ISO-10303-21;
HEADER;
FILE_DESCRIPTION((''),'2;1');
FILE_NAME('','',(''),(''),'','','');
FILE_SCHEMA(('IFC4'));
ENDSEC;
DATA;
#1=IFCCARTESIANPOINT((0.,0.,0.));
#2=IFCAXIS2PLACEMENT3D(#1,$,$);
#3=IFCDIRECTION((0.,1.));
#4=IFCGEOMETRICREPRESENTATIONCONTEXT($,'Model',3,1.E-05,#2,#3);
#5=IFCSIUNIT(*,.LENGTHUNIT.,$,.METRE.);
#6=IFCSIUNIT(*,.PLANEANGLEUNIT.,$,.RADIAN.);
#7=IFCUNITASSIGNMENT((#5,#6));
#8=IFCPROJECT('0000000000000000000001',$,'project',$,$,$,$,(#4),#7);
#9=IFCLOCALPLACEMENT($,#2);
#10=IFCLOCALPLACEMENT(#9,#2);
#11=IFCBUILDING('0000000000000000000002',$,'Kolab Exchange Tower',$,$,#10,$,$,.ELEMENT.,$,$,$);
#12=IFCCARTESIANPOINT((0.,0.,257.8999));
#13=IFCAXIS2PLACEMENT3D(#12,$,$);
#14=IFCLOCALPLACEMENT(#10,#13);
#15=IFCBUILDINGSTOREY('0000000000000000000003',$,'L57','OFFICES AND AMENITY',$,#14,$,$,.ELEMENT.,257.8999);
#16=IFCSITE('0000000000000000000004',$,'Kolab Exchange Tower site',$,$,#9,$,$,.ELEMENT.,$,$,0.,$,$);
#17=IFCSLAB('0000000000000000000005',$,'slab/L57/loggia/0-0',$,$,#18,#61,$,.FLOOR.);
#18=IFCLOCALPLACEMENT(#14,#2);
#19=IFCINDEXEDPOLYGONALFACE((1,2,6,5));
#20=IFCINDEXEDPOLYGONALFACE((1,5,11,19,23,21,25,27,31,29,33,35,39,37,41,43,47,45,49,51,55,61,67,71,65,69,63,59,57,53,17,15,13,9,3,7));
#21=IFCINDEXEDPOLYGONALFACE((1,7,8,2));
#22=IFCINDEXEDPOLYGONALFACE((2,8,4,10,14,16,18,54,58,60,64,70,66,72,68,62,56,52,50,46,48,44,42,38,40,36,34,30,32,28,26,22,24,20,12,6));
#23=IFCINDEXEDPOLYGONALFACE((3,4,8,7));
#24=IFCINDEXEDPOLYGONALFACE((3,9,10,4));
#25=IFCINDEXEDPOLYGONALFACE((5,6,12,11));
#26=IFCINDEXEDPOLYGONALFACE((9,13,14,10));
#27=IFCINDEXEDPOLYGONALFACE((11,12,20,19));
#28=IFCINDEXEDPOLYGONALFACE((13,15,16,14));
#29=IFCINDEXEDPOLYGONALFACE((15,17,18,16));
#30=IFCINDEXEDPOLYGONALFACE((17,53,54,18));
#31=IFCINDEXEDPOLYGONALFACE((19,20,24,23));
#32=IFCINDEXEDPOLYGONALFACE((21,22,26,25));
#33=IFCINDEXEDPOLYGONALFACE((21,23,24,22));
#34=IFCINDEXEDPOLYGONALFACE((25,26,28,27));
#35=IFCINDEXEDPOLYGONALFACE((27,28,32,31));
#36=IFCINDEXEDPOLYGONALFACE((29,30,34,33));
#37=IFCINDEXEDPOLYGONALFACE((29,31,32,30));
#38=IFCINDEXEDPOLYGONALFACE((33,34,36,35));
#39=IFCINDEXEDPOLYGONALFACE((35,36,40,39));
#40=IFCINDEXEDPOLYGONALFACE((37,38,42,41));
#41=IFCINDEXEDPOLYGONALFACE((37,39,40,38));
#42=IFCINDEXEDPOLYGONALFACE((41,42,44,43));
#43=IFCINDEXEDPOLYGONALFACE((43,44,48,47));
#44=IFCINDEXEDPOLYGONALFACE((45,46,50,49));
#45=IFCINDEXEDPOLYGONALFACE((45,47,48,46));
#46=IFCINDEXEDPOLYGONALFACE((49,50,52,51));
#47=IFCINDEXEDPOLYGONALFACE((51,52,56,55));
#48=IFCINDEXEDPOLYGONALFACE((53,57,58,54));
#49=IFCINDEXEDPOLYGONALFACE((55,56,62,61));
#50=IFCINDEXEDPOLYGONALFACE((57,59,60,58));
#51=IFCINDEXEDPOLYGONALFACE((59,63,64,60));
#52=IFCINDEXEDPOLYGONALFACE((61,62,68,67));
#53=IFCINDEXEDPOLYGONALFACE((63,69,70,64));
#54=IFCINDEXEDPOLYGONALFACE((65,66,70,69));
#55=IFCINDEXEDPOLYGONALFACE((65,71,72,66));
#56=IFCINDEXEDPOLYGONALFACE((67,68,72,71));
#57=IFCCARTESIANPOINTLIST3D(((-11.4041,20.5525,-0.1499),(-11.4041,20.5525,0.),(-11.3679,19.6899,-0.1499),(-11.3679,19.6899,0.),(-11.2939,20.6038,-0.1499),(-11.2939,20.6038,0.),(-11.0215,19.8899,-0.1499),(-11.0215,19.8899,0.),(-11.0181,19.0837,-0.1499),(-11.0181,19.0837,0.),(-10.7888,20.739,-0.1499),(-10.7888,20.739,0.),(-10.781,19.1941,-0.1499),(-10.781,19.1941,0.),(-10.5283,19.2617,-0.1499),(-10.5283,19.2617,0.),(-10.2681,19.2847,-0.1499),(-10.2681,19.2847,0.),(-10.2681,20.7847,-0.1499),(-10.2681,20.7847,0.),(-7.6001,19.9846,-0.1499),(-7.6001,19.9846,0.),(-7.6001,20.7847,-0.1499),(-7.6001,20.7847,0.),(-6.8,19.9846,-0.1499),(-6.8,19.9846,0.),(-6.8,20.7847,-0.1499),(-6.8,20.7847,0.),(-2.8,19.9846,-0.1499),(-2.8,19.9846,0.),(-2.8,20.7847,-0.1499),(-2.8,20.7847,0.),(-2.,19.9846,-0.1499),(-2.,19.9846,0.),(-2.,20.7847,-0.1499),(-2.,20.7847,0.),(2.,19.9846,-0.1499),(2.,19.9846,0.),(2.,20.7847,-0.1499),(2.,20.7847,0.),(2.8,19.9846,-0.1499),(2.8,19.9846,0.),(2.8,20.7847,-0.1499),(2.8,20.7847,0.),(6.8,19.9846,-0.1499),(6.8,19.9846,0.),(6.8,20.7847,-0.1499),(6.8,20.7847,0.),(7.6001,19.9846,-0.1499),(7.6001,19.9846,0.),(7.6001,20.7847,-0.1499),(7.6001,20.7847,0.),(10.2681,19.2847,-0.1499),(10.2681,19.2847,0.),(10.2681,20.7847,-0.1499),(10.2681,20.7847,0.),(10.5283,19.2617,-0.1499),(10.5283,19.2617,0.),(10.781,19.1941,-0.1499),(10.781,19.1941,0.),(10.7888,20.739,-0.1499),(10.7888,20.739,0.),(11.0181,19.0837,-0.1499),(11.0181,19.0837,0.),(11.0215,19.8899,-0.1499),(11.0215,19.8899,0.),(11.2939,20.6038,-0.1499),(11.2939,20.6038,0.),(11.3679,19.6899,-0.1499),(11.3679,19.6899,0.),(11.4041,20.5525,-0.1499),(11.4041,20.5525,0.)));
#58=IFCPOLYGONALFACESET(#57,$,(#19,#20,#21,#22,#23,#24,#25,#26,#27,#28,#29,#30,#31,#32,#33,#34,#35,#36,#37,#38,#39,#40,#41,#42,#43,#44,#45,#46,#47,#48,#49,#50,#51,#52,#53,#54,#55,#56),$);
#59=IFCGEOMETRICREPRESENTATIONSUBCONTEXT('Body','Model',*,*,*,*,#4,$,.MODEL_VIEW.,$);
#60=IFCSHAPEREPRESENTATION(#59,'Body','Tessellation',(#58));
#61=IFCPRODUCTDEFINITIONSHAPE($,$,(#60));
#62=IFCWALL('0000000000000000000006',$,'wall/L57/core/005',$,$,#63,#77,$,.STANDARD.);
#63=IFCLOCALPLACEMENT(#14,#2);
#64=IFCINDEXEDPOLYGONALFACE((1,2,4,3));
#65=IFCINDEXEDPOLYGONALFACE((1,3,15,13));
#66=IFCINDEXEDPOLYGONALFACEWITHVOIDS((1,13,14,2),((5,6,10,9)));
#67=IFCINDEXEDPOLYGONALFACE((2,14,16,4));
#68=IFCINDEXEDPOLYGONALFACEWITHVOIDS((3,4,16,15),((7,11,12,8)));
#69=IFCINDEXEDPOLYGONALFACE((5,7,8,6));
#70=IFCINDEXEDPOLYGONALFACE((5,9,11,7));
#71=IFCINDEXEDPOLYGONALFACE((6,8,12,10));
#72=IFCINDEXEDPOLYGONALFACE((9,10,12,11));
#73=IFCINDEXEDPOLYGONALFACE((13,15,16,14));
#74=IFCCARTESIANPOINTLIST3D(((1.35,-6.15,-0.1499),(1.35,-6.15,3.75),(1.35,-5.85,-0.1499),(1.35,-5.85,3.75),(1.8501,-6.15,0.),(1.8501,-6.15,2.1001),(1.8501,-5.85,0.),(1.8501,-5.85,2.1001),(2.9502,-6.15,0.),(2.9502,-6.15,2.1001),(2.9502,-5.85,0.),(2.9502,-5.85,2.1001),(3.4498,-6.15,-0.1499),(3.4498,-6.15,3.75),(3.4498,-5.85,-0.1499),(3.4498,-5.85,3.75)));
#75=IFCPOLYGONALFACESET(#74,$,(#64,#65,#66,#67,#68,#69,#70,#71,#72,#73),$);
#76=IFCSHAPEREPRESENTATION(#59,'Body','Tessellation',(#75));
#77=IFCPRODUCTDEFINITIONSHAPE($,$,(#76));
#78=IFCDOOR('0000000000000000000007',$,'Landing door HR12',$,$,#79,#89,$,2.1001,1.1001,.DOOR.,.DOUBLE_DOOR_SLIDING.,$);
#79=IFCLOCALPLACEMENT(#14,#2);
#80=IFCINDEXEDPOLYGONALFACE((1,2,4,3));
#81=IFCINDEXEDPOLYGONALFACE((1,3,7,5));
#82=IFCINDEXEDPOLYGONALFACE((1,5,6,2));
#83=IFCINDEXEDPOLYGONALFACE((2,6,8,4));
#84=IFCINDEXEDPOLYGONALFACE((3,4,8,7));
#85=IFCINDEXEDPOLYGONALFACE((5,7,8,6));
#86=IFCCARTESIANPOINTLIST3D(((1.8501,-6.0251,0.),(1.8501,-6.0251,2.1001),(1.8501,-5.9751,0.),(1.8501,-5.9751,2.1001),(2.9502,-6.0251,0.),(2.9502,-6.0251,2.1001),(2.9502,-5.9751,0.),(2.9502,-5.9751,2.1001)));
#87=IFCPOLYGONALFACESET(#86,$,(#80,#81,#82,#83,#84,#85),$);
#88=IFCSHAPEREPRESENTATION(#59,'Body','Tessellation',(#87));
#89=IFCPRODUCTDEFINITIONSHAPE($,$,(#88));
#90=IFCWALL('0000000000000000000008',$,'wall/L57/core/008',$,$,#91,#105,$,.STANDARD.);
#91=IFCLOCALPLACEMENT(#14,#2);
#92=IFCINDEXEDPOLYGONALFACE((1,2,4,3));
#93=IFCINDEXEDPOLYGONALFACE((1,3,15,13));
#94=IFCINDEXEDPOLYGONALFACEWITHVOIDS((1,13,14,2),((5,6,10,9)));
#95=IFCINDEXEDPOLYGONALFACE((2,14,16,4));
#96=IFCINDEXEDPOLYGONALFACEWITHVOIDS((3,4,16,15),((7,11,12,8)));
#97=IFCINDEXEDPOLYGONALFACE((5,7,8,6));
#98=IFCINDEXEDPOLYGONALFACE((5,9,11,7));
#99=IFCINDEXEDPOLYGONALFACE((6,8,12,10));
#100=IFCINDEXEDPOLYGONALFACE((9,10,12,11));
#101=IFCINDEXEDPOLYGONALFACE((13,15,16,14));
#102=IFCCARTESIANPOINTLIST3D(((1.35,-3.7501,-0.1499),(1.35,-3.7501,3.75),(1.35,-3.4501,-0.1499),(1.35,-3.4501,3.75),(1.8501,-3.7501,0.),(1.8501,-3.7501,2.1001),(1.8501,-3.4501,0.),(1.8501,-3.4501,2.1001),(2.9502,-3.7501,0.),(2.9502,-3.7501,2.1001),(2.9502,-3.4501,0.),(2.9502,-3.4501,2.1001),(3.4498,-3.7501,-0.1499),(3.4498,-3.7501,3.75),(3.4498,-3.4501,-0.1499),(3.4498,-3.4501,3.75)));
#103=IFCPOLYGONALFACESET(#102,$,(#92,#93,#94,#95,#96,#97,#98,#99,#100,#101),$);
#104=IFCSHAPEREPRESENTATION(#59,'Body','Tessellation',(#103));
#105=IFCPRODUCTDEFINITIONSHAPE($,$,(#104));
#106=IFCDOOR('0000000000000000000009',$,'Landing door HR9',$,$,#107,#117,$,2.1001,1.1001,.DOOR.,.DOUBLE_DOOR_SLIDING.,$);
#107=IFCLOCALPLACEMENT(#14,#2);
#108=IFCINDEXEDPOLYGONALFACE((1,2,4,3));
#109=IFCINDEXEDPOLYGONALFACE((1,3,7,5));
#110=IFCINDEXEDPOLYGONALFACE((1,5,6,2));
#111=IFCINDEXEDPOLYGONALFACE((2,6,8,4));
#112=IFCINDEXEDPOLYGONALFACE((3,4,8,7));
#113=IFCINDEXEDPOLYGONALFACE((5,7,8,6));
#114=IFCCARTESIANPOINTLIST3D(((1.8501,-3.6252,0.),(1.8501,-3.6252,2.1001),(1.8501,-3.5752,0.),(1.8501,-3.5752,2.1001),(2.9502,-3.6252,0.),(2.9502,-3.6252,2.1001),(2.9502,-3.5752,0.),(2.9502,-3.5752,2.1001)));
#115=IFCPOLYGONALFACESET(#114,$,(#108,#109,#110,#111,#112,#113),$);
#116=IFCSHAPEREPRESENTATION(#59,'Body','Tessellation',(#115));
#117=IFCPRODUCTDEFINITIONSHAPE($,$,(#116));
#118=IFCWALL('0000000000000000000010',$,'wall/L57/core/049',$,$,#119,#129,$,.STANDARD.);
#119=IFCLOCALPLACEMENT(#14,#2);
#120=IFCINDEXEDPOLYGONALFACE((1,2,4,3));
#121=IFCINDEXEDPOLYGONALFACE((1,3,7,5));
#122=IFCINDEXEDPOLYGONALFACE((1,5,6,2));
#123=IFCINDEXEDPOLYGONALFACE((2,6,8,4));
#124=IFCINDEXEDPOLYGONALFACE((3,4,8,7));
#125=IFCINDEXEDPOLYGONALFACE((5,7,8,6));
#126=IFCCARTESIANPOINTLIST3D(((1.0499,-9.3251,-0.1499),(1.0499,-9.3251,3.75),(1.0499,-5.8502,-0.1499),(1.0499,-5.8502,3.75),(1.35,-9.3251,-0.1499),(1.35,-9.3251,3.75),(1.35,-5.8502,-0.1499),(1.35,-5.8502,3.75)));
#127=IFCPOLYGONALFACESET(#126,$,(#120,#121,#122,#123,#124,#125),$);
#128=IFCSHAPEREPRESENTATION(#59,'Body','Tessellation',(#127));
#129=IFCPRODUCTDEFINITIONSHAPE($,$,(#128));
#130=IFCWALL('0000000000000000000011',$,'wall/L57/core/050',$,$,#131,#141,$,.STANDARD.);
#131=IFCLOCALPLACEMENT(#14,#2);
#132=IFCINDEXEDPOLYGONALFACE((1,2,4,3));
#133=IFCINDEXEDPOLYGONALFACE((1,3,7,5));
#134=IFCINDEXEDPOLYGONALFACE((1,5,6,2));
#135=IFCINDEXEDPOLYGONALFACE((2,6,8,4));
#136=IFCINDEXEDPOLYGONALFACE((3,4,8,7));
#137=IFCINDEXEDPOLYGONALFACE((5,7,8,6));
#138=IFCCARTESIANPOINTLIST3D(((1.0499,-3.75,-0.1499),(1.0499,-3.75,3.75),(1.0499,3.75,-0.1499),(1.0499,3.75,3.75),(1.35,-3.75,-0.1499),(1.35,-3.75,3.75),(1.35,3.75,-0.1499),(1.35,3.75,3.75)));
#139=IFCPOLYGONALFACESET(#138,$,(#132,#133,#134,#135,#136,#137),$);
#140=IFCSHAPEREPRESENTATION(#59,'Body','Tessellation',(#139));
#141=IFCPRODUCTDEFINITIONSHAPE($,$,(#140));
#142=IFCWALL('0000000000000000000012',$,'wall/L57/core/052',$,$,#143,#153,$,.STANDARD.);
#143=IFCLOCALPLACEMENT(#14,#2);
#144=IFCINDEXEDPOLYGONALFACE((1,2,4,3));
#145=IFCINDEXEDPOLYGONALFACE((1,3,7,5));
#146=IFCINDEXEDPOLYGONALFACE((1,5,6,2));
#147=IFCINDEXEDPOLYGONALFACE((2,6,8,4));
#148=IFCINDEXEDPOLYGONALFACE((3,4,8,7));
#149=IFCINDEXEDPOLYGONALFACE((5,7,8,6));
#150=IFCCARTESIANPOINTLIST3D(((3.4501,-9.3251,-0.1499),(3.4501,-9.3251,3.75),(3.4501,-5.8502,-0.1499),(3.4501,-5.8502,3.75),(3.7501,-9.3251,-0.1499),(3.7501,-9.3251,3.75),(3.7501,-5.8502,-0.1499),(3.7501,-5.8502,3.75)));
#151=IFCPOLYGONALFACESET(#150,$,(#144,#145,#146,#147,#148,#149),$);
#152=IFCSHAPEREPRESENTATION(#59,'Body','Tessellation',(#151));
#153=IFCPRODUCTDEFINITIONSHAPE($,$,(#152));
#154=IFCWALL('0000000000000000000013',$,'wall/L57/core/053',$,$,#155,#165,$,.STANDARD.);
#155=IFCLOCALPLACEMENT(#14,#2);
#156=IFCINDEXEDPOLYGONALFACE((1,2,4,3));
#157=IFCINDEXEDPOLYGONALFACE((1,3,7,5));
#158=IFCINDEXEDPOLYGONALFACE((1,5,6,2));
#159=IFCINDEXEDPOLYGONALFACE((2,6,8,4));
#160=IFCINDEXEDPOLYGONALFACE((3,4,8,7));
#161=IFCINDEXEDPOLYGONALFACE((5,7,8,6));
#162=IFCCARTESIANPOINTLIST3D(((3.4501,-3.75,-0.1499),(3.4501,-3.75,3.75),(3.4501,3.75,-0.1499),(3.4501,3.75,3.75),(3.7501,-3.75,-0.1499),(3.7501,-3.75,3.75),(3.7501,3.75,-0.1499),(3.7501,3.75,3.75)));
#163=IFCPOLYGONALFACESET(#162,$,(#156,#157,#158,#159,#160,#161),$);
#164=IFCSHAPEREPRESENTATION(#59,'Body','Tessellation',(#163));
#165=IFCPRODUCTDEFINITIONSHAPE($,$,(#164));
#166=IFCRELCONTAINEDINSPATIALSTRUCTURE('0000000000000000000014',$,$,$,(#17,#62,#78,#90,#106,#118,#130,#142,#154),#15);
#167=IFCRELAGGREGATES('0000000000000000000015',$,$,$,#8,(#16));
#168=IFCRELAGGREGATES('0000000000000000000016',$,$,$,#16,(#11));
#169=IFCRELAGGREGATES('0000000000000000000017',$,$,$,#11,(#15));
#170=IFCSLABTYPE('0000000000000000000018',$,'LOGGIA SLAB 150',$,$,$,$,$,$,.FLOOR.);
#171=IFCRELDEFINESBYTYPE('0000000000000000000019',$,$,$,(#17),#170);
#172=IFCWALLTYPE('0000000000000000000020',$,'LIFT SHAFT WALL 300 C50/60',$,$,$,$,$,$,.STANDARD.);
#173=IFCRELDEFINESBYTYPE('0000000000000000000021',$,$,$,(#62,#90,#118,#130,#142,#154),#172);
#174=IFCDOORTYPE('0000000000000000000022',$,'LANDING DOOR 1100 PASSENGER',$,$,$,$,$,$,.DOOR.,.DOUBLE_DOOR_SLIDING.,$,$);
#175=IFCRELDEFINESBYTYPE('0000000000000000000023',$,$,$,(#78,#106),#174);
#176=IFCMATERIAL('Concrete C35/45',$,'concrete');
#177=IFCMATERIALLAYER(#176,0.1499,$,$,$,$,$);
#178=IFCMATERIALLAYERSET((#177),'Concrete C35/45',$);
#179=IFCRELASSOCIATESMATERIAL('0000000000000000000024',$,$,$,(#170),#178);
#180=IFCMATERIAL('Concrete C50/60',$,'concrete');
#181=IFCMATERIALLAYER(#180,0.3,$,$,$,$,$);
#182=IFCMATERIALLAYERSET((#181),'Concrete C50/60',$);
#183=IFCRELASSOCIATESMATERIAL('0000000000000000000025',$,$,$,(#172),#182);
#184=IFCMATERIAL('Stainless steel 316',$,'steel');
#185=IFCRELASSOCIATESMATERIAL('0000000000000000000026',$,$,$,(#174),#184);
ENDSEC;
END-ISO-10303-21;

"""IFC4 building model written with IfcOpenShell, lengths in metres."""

from ifc_helpers import new_model, si_unit, direction, frame, frame_2d, origin, place, context, subcontext, project, spatial, polyline, rectangle, outline, extrude, material, layer, layer_set, type_object, element, fill, save


model = new_model("IFC4")

# Units and contexts
model_context = context("Model", 3, precision=1e-05, world=origin(), true_north=direction((0.0, 1.0)))
body_context = subcontext(model_context, "Body", "Model", "MODEL_VIEW")
ifc_project = project(units=[si_unit("LENGTHUNIT", "METRE"), si_unit("PLANEANGLEUNIT", "RADIAN")], contexts=[model_context])

# Site, building, storey
site_placement = place(None, origin())
site = spatial("IfcSite", under=ifc_project, at=site_placement, Name="Kolab Exchange Tower site", CompositionType="ELEMENT", RefElevation=0.0)
building_placement = place(site_placement, origin())
building = spatial("IfcBuilding", under=site, at=building_placement, Name="Kolab Exchange Tower", CompositionType="ELEMENT")
storey_placement = place(building_placement, frame((0.0, 0.0, 257.8999)))
storey = spatial("IfcBuildingStorey", under=building, at=storey_placement, Name="L57", Description="OFFICES AND AMENITY", CompositionType="ELEMENT", Elevation=257.8999)

# Slab
ifc_material_1 = material(Name="Concrete C35/45", Category="concrete")
ifc_layer_1 = layer(ifc_material_1, 0.1499)
ifc_layer_set_1 = layer_set([ifc_layer_1], Name="Concrete C35/45")
slab_type_1 = type_object("IfcSlabType", Name="LOGGIA SLAB 150", PredefinedType="FLOOR", material=ifc_layer_set_1)
slab_1_placement = place(storey_placement, frame((0.0, 0.0, -0.1499)))
element("IfcSlab", 1, at=slab_1_placement, inside=storey, type_object=slab_type_1, Name="slab/L57/loggia/0-0", PredefinedType="FLOOR", context=body_context, shape_type="SweptSolid", body=[
    extrude(outline(polyline([(11.0181, 19.0837), (11.3679, 19.6899), (11.0215, 19.8899), (11.4041, 20.5525), (11.2939, 20.6038), (10.7888, 20.739), (10.2681, 20.7847), (7.6001, 20.7847), (7.6001, 19.9846), (6.8, 19.9846), (6.8, 20.7847), (2.8, 20.7847), (2.8, 19.9846), (2.0, 19.9846), (2.0, 20.7847), (-2.0, 20.7847), (-2.0, 19.9846), (-2.8, 19.9846), (-2.8, 20.7847), (-6.8, 20.7847), (-6.8, 19.9846), (-7.6001, 19.9846), (-7.6001, 20.7847), (-10.2681, 20.7847), (-10.7888, 20.739), (-11.2939, 20.6038), (-11.4041, 20.5525), (-11.0215, 19.8899), (-11.3679, 19.6899), (-11.0181, 19.0837), (-10.781, 19.1941), (-10.5283, 19.2617), (-10.2681, 19.2847), (10.2681, 19.2847), (10.5283, 19.2617), (10.781, 19.1941), (11.0181, 19.0837)])), origin(), (0.0, 0.0, 1.0), 0.1499),
])

# Walls, openings, doors
ifc_material_2 = material(Name="Concrete C50/60", Category="concrete")
ifc_layer_2 = layer(ifc_material_2, 0.3)
ifc_layer_set_2 = layer_set([ifc_layer_2], Name="Concrete C50/60")
wall_type_1 = type_object("IfcWallType", Name="LIFT SHAFT WALL 300 C50/60", PredefinedType="STANDARD", material=ifc_layer_set_2)
wall_1_placement = place(storey_placement, frame((1.3501, -6.0, -0.1499), z_axis=(0.0, 0.0, 1.0), x_axis=(1.0, 0.0, 0.0)))
wall_1 = element("IfcWall", 2, at=wall_1_placement, inside=storey, type_object=wall_type_1, Name="wall/L57/core/005", PredefinedType="STANDARD", context=body_context, shape_type="SweptSolid", body=[
    extrude(rectangle(XDim=2.0999, YDim=0.3, at=frame_2d((1.0498, 0.0))), origin(), (0.0, 0.0, 1.0), 3.8999),
])
opening_1_placement = place(wall_1_placement, frame((0.5, 0.0, 0.1499)))
opening_1 = element("IfcOpeningElement", 3, at=opening_1_placement, cuts=wall_1, PredefinedType="OPENING", context=body_context, shape_type="SweptSolid", body=[
    extrude(rectangle(XDim=1.1001, YDim=2.1001, at=frame_2d((0.55, 1.05))), frame((0.0, 0.1602, 0.0), z_axis=(0.0, -1.0, 0.0), x_axis=(1.0, 0.0, 0.0)), (0.0, 0.0, 1.0), 0.3201),
])
ifc_material_3 = material(Name="Stainless steel 316", Category="steel")
door_type_1 = type_object("IfcDoorType", Name="LANDING DOOR 1100 PASSENGER", OperationType="DOUBLE_DOOR_SLIDING", PredefinedType="DOOR", material=ifc_material_3)
door_1_placement = place(opening_1_placement, origin())
door_1 = element("IfcDoor", 4, at=door_1_placement, inside=storey, type_object=door_type_1, Name="Landing door HR12", OperationType="DOUBLE_DOOR_SLIDING", OverallHeight=2.1001, OverallWidth=1.1001, PredefinedType="DOOR", context=body_context, shape_type="SweptSolid", body=[
    extrude(rectangle(XDim=1.1001, YDim=2.1001, at=frame_2d((0.55, 1.05))), frame((0.0, 0.0249, 0.0), z_axis=(0.0, -1.0, 0.0), x_axis=(1.0, 0.0, 0.0)), (0.0, 0.0, 1.0), 0.05),
])
fill(opening_1, door_1)
wall_2_placement = place(storey_placement, frame((1.3501, -3.6001, -0.1499), z_axis=(0.0, 0.0, 1.0), x_axis=(1.0, 0.0, 0.0)))
wall_2 = element("IfcWall", 5, at=wall_2_placement, inside=storey, type_object=wall_type_1, Name="wall/L57/core/008", PredefinedType="STANDARD", context=body_context, shape_type="SweptSolid", body=[
    extrude(rectangle(XDim=2.0999, YDim=0.3, at=frame_2d((1.0498, 0.0))), origin(), (0.0, 0.0, 1.0), 3.8999),
])
opening_2_placement = place(wall_2_placement, frame((0.5, 0.0, 0.1499)))
opening_2 = element("IfcOpeningElement", 6, at=opening_2_placement, cuts=wall_2, PredefinedType="OPENING", context=body_context, shape_type="SweptSolid", body=[
    extrude(rectangle(XDim=1.1001, YDim=2.1001, at=frame_2d((0.55, 1.05))), frame((0.0, 0.1602, 0.0), z_axis=(0.0, -1.0, 0.0), x_axis=(1.0, 0.0, 0.0)), (0.0, 0.0, 1.0), 0.3201),
])
door_2_placement = place(opening_2_placement, origin())
door_2 = element("IfcDoor", 7, at=door_2_placement, inside=storey, type_object=door_type_1, Name="Landing door HR9", OperationType="DOUBLE_DOOR_SLIDING", OverallHeight=2.1001, OverallWidth=1.1001, PredefinedType="DOOR", context=body_context, shape_type="SweptSolid", body=[
    extrude(rectangle(XDim=1.1001, YDim=2.1001, at=frame_2d((0.55, 1.05))), frame((0.0, 0.0249, 0.0), z_axis=(0.0, -1.0, 0.0), x_axis=(1.0, 0.0, 0.0)), (0.0, 0.0, 1.0), 0.05),
])
fill(opening_2, door_2)

# Walls
wall_3_placement = place(storey_placement, frame((1.2, -9.325, -0.1499), z_axis=(0.0, 0.0, 1.0), x_axis=(0.0, 1.0, 0.0)))
element("IfcWall", 8, at=wall_3_placement, inside=storey, type_object=wall_type_1, Name="wall/L57/core/049", PredefinedType="STANDARD", context=body_context, shape_type="SweptSolid", body=[
    extrude(rectangle(XDim=3.4749, YDim=0.3, at=frame_2d((1.7373, 0.0))), origin(), (0.0, 0.0, 1.0), 3.8999),
])
wall_4_placement = place(storey_placement, frame((1.2, -3.75, -0.1499), z_axis=(0.0, 0.0, 1.0), x_axis=(0.0, 1.0, 0.0)))
element("IfcWall", 9, at=wall_4_placement, inside=storey, type_object=wall_type_1, Name="wall/L57/core/050", PredefinedType="STANDARD", context=body_context, shape_type="SweptSolid", body=[
    extrude(rectangle(XDim=7.5, YDim=0.3, at=frame_2d((3.75, 0.0))), origin(), (0.0, 0.0, 1.0), 3.8999),
])
wall_5_placement = place(storey_placement, frame((3.6001, -9.325, -0.1499), z_axis=(0.0, 0.0, 1.0), x_axis=(0.0, 1.0, 0.0)))
element("IfcWall", 10, at=wall_5_placement, inside=storey, type_object=wall_type_1, Name="wall/L57/core/052", PredefinedType="STANDARD", context=body_context, shape_type="SweptSolid", body=[
    extrude(rectangle(XDim=3.4749, YDim=0.3, at=frame_2d((1.7373, 0.0))), origin(), (0.0, 0.0, 1.0), 3.8999),
])
wall_6_placement = place(storey_placement, frame((3.6001, -3.75, -0.1499), z_axis=(0.0, 0.0, 1.0), x_axis=(0.0, 1.0, 0.0)))
element("IfcWall", 11, at=wall_6_placement, inside=storey, type_object=wall_type_1, Name="wall/L57/core/053", PredefinedType="STANDARD", context=body_context, shape_type="SweptSolid", body=[
    extrude(rectangle(XDim=7.5, YDim=0.3, at=frame_2d((3.75, 0.0))), origin(), (0.0, 0.0, 1.0), 3.8999),
])

save(model, "model.ifc")
